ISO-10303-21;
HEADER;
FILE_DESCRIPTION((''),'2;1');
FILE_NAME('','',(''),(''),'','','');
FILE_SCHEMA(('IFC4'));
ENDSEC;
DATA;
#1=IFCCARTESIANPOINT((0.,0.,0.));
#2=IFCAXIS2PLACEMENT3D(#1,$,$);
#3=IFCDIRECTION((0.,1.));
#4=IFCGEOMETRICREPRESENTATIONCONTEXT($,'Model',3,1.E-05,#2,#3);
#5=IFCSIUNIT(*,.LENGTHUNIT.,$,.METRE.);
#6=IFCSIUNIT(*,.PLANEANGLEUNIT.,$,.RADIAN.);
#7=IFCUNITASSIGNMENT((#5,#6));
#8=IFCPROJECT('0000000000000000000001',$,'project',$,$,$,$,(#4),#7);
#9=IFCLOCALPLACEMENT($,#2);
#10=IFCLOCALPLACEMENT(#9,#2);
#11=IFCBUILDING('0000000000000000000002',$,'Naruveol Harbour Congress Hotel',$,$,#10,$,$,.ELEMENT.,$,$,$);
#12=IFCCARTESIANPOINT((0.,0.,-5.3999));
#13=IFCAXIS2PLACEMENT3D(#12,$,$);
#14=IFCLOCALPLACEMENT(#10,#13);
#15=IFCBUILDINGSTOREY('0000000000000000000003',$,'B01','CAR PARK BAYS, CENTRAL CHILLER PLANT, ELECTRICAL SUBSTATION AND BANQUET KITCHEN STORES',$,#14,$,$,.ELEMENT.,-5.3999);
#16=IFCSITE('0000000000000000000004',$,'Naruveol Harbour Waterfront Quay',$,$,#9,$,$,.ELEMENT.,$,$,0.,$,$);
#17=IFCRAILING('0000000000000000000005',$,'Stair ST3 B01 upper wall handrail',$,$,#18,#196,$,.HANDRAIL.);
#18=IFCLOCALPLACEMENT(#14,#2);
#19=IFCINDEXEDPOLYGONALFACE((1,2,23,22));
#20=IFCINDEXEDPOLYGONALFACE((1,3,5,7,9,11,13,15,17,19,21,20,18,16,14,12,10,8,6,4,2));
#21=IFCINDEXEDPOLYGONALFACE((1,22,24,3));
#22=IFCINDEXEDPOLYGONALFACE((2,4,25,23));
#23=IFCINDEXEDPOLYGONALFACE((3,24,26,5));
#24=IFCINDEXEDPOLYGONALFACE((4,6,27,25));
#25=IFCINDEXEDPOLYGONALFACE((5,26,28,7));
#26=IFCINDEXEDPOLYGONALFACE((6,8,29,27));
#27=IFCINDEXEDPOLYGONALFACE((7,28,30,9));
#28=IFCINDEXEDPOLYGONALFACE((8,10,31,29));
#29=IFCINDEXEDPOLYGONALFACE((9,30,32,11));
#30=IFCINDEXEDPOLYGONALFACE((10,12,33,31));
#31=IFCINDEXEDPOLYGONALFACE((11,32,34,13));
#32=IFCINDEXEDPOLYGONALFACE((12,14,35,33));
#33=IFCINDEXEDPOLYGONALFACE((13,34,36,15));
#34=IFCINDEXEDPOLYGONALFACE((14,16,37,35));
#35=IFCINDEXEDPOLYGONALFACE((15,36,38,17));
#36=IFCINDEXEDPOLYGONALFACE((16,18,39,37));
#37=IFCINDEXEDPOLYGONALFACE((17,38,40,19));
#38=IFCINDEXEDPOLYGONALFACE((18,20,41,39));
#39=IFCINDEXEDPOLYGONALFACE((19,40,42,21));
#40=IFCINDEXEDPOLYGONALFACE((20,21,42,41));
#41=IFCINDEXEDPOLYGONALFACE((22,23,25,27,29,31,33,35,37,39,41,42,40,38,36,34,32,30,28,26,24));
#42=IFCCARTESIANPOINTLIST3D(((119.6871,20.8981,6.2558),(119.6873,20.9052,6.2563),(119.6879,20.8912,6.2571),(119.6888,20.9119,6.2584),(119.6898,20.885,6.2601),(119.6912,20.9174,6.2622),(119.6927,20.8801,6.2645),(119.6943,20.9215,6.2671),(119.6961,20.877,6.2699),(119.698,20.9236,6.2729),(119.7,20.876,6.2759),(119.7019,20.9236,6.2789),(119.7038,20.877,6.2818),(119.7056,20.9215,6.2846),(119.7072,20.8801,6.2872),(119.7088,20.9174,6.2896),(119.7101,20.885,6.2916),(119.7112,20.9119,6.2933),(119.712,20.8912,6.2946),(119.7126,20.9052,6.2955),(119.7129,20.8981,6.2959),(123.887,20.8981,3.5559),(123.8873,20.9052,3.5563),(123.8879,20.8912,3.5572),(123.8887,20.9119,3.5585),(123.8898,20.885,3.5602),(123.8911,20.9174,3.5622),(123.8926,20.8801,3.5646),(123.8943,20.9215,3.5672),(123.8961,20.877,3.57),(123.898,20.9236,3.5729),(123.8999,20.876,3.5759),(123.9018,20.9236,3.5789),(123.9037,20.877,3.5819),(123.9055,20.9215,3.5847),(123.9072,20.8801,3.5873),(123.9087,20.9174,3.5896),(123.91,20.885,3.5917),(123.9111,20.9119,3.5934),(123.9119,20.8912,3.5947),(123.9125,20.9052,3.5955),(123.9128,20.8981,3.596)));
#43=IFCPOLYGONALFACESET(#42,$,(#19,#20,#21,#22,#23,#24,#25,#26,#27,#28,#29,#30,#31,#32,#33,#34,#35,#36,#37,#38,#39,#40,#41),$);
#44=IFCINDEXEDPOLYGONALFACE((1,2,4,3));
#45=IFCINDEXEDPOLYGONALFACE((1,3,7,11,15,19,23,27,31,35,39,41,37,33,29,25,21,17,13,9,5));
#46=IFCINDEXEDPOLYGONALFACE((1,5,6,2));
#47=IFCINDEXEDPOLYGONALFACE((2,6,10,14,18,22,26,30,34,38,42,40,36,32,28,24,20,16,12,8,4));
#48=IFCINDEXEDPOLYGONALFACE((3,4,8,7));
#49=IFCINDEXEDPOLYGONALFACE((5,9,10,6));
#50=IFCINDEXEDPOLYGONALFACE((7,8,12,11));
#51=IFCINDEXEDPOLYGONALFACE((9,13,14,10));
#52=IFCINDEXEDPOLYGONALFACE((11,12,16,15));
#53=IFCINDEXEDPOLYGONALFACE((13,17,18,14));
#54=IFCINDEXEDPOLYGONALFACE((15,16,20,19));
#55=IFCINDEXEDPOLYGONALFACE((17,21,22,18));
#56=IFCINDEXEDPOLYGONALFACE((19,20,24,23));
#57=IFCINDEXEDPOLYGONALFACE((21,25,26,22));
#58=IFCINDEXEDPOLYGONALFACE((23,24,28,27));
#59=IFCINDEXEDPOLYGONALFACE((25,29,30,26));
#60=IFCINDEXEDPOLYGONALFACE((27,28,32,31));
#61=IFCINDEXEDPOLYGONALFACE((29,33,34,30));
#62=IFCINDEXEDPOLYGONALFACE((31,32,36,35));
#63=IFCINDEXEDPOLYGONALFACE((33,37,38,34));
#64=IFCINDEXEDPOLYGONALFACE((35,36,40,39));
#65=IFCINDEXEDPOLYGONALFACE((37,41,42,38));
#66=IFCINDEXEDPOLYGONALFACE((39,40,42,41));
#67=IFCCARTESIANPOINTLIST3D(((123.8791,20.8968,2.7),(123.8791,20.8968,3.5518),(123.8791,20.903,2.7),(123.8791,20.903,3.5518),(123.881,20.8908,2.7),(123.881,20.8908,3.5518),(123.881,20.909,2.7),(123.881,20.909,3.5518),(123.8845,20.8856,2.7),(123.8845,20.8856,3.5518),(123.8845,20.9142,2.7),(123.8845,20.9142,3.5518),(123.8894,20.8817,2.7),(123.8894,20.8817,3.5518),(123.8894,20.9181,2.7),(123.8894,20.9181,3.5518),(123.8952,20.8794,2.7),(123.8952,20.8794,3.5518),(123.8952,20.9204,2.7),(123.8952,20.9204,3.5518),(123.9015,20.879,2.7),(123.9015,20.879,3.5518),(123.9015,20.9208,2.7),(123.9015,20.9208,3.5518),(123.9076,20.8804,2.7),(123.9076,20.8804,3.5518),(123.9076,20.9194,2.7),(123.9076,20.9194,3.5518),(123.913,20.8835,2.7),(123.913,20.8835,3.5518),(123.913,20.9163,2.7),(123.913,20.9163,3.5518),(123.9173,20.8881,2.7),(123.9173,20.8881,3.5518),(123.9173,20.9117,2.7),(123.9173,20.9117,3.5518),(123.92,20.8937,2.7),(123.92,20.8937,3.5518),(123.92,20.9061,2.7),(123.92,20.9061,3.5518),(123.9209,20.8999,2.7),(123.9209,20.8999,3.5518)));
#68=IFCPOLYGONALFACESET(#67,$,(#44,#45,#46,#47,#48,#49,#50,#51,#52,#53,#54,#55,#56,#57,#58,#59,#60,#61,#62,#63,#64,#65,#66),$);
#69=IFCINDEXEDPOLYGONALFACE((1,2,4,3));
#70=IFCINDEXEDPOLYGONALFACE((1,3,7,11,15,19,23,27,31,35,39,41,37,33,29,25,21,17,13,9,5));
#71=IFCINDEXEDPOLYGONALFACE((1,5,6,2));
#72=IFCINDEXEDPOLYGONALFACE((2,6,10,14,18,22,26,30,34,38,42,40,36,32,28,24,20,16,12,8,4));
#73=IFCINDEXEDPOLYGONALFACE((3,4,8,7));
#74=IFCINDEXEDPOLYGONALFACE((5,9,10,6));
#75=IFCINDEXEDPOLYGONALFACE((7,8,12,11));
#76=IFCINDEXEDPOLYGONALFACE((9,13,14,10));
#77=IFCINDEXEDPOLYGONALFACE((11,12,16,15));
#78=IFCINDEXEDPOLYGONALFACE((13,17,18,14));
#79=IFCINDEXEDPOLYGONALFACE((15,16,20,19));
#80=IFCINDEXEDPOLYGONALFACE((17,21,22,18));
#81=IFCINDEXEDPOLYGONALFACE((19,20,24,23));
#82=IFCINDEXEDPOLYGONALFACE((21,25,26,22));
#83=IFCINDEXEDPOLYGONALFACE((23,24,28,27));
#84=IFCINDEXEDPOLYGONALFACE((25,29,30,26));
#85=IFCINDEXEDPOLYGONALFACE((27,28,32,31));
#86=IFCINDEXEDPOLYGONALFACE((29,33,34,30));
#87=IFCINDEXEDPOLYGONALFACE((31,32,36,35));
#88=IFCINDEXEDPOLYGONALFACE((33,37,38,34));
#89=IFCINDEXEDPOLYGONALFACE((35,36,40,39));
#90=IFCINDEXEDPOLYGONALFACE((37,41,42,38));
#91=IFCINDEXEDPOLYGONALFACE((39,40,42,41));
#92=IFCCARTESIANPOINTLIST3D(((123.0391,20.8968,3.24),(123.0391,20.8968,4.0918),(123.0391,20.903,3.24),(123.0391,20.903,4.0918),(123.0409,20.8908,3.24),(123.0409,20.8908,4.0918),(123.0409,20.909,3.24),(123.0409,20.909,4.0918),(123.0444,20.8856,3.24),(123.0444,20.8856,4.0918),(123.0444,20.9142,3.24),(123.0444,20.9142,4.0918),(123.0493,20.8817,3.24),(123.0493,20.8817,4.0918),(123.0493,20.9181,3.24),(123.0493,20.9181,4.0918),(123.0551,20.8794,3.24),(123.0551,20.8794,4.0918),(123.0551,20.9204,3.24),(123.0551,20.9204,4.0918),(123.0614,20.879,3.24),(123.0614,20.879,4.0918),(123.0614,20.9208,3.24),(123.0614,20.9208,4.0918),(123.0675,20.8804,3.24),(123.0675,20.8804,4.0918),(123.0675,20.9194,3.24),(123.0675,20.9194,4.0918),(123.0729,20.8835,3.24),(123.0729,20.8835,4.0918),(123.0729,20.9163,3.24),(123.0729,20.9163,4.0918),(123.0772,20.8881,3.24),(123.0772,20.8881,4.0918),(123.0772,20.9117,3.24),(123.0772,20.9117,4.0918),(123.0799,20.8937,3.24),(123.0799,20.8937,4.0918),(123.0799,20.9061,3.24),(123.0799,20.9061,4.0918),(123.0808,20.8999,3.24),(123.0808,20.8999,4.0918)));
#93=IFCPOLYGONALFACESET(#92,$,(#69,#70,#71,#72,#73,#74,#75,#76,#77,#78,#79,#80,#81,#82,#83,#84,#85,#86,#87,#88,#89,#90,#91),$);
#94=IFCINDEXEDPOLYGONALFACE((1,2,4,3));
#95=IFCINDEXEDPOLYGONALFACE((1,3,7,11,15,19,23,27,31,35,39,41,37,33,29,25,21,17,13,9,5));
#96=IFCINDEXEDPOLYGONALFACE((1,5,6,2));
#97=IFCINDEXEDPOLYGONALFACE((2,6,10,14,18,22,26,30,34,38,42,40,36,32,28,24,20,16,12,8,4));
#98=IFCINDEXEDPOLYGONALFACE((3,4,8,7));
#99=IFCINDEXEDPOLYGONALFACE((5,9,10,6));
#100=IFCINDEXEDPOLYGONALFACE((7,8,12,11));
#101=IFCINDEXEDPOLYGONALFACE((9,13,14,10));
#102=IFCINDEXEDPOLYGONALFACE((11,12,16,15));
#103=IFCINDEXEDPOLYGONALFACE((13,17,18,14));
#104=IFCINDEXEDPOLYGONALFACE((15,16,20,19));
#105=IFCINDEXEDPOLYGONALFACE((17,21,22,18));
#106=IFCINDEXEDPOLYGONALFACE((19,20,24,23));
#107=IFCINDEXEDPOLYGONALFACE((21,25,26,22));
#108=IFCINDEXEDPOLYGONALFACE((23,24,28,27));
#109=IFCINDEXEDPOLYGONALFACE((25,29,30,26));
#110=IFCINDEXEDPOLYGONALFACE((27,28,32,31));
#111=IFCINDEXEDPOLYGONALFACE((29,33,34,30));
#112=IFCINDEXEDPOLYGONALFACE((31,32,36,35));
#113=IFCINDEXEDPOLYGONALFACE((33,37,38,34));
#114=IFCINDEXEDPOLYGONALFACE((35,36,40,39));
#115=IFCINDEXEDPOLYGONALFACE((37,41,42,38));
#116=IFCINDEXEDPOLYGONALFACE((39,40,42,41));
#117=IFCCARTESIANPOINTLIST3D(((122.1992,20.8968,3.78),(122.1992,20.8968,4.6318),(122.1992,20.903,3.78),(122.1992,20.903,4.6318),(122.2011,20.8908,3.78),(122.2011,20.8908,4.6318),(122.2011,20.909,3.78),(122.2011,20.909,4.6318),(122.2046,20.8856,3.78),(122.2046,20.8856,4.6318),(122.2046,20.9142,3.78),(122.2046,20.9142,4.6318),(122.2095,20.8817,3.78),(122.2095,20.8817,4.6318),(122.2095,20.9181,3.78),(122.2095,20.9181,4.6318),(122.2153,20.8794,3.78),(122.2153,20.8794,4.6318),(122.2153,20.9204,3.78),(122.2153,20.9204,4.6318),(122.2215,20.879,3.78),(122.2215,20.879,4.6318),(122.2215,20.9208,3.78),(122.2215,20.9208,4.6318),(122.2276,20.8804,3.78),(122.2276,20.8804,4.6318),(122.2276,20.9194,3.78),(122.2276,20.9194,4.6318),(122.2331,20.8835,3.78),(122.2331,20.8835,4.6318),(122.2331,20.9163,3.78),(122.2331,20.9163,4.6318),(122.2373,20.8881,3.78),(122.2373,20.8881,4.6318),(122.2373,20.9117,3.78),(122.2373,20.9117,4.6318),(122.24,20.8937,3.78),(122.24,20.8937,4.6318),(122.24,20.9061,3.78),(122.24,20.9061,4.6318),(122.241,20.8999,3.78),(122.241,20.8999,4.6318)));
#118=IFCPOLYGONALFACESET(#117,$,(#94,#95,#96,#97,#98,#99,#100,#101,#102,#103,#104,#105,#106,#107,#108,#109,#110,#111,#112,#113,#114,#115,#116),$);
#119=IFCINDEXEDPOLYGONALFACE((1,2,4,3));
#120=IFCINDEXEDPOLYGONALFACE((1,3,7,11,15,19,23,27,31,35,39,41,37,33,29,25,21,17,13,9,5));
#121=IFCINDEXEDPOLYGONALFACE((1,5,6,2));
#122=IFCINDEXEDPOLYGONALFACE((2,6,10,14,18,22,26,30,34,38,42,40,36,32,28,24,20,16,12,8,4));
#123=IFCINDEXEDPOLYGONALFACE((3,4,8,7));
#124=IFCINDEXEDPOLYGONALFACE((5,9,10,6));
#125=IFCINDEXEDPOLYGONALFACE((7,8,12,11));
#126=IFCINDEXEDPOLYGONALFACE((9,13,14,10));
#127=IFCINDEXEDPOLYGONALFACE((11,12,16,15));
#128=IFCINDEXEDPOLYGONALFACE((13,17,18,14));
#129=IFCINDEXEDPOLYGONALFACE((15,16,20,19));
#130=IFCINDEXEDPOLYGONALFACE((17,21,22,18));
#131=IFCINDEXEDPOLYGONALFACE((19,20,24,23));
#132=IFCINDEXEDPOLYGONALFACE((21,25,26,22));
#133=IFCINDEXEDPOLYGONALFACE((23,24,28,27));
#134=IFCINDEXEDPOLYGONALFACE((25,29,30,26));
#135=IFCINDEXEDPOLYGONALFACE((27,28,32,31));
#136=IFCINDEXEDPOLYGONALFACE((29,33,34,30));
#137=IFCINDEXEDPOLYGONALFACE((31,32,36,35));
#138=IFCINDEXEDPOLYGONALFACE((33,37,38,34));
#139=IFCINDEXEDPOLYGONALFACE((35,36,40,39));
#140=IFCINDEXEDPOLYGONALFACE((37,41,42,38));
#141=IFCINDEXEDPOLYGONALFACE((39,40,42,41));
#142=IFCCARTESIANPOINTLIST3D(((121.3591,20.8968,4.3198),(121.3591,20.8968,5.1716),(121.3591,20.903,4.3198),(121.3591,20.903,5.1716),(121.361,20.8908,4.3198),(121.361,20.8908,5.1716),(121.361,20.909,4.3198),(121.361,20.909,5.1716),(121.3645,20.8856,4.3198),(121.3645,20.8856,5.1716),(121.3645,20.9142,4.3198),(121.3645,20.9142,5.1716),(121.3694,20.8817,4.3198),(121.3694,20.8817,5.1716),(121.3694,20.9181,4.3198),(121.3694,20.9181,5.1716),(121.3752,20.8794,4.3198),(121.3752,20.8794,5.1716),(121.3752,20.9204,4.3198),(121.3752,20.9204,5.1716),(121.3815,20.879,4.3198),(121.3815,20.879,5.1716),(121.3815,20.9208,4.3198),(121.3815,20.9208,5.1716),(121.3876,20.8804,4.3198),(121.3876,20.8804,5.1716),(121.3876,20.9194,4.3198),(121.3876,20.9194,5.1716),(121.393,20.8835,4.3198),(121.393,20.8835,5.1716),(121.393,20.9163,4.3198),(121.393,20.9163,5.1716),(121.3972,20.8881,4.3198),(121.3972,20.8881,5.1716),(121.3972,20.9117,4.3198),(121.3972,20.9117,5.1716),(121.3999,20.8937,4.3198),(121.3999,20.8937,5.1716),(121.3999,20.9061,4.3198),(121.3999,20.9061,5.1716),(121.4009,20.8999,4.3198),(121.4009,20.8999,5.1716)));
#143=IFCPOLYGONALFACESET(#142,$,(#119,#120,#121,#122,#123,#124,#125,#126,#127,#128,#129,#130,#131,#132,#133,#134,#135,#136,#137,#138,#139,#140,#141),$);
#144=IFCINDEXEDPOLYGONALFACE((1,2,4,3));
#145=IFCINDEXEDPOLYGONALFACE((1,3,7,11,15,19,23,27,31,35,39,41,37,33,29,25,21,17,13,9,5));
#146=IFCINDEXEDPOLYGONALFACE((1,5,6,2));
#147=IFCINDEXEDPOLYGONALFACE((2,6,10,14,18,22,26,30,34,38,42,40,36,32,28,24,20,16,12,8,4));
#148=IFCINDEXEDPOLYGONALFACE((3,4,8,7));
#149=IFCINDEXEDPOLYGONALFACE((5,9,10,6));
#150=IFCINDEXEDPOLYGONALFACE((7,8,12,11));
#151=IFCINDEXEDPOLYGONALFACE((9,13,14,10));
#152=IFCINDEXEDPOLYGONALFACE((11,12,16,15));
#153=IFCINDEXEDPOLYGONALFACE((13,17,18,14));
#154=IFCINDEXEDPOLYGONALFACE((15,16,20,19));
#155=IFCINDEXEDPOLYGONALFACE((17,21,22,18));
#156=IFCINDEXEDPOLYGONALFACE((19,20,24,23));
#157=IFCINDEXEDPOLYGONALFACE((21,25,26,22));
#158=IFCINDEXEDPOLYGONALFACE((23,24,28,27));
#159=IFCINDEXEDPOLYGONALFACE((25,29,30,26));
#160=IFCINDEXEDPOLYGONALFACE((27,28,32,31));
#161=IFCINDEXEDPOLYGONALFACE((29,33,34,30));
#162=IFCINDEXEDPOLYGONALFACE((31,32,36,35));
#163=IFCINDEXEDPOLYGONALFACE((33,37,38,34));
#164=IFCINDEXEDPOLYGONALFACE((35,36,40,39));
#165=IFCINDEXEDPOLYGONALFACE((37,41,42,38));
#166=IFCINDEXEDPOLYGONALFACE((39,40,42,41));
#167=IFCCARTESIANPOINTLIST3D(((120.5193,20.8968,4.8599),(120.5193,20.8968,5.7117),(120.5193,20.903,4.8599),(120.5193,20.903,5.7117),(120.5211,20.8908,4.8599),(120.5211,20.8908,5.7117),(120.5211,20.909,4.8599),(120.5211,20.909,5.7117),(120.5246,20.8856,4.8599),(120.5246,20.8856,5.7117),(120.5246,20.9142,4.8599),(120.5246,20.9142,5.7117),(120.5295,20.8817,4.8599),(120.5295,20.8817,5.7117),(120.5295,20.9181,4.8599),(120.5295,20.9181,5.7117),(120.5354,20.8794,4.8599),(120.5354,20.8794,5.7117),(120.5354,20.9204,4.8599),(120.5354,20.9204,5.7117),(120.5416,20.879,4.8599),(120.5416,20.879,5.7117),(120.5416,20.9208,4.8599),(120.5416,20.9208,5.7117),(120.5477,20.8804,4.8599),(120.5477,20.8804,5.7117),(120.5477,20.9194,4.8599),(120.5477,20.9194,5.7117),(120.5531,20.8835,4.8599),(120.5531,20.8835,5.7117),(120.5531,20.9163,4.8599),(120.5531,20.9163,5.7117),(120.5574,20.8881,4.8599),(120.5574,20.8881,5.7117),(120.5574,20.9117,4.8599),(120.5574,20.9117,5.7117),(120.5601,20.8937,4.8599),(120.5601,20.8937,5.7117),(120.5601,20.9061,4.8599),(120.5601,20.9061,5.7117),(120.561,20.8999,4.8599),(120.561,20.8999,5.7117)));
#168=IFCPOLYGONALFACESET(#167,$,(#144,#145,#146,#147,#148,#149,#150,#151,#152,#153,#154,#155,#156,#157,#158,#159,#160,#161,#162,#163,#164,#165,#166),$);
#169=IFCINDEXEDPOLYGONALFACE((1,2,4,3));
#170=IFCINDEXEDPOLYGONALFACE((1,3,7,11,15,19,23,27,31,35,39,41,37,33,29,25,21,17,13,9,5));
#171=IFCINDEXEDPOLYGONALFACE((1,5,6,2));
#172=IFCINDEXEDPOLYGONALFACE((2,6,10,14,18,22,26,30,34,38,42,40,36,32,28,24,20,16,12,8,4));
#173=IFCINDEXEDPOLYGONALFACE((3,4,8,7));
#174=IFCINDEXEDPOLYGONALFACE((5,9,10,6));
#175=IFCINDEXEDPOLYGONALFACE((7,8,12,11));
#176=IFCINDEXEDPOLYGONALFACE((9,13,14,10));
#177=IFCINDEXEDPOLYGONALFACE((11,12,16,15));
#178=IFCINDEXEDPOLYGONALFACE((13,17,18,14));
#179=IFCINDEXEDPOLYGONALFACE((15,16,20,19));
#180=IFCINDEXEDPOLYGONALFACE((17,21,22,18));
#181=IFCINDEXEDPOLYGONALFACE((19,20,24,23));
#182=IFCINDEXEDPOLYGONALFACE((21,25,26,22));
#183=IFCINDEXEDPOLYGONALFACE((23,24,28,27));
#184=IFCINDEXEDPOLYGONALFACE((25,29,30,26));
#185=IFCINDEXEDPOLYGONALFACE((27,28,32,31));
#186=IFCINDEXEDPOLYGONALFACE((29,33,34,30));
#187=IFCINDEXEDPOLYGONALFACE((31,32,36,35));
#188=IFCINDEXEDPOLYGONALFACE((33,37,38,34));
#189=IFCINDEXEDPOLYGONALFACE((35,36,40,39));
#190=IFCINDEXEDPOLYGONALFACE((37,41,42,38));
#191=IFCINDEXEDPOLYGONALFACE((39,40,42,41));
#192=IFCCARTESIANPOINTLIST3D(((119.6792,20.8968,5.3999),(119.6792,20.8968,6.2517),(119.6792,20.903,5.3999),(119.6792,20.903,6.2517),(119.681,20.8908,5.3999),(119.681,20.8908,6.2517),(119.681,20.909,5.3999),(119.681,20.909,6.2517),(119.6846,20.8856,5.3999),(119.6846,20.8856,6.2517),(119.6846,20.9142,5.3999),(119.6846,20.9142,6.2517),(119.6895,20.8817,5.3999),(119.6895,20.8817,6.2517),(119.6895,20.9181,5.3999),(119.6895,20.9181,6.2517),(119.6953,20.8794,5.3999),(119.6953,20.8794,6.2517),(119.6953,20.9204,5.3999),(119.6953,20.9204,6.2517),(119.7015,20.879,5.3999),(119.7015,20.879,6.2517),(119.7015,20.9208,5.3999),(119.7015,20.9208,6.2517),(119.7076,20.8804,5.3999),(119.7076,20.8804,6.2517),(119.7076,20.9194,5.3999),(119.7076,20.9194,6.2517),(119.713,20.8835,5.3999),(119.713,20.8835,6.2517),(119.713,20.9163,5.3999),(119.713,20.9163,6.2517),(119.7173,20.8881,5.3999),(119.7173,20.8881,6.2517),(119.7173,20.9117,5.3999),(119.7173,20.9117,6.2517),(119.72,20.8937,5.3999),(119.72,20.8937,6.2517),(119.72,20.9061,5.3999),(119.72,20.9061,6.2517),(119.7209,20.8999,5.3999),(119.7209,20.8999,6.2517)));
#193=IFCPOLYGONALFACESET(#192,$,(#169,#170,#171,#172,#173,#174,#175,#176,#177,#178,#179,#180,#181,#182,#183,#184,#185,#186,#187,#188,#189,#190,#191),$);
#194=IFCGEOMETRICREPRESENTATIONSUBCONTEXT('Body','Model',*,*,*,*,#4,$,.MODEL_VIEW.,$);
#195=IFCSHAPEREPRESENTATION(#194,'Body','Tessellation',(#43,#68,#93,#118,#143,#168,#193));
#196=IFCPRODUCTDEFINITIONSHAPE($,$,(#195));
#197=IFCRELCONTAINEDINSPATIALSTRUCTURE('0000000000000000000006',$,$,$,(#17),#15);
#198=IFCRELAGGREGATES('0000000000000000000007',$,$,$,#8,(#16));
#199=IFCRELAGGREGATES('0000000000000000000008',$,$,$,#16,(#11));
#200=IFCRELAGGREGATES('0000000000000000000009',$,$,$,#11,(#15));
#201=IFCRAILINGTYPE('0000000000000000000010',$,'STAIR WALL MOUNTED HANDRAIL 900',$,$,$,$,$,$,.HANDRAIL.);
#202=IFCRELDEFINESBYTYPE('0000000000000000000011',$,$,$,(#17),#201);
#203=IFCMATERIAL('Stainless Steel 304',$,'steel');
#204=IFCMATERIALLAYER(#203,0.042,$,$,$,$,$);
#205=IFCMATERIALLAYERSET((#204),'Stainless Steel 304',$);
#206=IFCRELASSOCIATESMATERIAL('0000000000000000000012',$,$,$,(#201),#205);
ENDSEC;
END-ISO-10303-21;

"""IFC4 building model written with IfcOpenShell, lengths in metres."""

from ifc_helpers import new_model, si_unit, direction, frame, origin, origin_2d, place, context, subcontext, project, spatial, circle, extrude, material, layer, layer_set, type_object, element, save


model = new_model("IFC4")

# Units and contexts
model_context = context("Model", 3, precision=1e-05, world=origin(), true_north=direction((0.0, 1.0)))
body_context = subcontext(model_context, "Body", "Model", "MODEL_VIEW")
ifc_project = project(units=[si_unit("LENGTHUNIT", "METRE"), si_unit("PLANEANGLEUNIT", "RADIAN")], contexts=[model_context])

# Site, building, storey
site_placement = place(None, origin())
site = spatial("IfcSite", under=ifc_project, at=site_placement, Name="Naruveol Harbour Waterfront Quay", CompositionType="ELEMENT", RefElevation=0.0)
building_placement = place(site_placement, origin())
building = spatial("IfcBuilding", under=site, at=building_placement, Name="Naruveol Harbour Congress Hotel", CompositionType="ELEMENT")
storey_placement = place(building_placement, frame((0.0, 0.0, -5.3999)))
storey = spatial("IfcBuildingStorey", under=building, at=storey_placement, Name="B01", Description="CAR PARK BAYS, CENTRAL CHILLER PLANT, ELECTRICAL SUBSTATION AND BANQUET KITCHEN STORES", CompositionType="ELEMENT", Elevation=-5.3999)

# Railing
ifc_material_1 = material(Name="Stainless Steel 304", Category="steel")
ifc_layer_1 = layer(ifc_material_1, 0.042)
ifc_layer_set_1 = layer_set([ifc_layer_1], Name="Stainless Steel 304")
railing_type_1 = type_object("IfcRailingType", Name="STAIR WALL MOUNTED HANDRAIL 900", PredefinedType="HANDRAIL", material=ifc_layer_set_1)
railing_1_placement = place(storey_placement, frame((123.8999, 20.8999, 2.7)))
element("IfcRailing", 1, at=railing_1_placement, inside=storey, type_object=railing_type_1, Name="Stair ST3 B01 upper wall handrail", PredefinedType="HANDRAIL", context=body_context, shape_type="SweptSolid", body=[
    extrude(circle(Radius=0.0239, at=origin_2d()), frame((0.0, 0.0, 0.876), z_axis=(-0.84118, 0.0, 0.540755), x_axis=(0.0, -1.0, 0.0)), (0.0, 0.0, 1.0), 4.9929),
    extrude(circle(Radius=0.021, at=origin_2d()), origin(), (0.0, 0.0, 1.0), 0.8518),
    extrude(circle(Radius=0.021, at=origin_2d()), frame((-0.8401, 0.0, 0.54)), (0.0, 0.0, 1.0), 0.8518),
    extrude(circle(Radius=0.021, at=origin_2d()), frame((-1.6799, 0.0, 1.0801)), (0.0, 0.0, 1.0), 0.8518),
    extrude(circle(Radius=0.021, at=origin_2d()), frame((-2.52, 0.0, 1.6199)), (0.0, 0.0, 1.0), 0.8518),
    extrude(circle(Radius=0.021, at=origin_2d()), frame((-3.3599, 0.0, 2.1599)), (0.0, 0.0, 1.0), 0.8518),
    extrude(circle(Radius=0.021, at=origin_2d()), frame((-4.2, 0.0, 2.7)), (0.0, 0.0, 1.0), 0.8518),
])

save(model, "model.ifc")
